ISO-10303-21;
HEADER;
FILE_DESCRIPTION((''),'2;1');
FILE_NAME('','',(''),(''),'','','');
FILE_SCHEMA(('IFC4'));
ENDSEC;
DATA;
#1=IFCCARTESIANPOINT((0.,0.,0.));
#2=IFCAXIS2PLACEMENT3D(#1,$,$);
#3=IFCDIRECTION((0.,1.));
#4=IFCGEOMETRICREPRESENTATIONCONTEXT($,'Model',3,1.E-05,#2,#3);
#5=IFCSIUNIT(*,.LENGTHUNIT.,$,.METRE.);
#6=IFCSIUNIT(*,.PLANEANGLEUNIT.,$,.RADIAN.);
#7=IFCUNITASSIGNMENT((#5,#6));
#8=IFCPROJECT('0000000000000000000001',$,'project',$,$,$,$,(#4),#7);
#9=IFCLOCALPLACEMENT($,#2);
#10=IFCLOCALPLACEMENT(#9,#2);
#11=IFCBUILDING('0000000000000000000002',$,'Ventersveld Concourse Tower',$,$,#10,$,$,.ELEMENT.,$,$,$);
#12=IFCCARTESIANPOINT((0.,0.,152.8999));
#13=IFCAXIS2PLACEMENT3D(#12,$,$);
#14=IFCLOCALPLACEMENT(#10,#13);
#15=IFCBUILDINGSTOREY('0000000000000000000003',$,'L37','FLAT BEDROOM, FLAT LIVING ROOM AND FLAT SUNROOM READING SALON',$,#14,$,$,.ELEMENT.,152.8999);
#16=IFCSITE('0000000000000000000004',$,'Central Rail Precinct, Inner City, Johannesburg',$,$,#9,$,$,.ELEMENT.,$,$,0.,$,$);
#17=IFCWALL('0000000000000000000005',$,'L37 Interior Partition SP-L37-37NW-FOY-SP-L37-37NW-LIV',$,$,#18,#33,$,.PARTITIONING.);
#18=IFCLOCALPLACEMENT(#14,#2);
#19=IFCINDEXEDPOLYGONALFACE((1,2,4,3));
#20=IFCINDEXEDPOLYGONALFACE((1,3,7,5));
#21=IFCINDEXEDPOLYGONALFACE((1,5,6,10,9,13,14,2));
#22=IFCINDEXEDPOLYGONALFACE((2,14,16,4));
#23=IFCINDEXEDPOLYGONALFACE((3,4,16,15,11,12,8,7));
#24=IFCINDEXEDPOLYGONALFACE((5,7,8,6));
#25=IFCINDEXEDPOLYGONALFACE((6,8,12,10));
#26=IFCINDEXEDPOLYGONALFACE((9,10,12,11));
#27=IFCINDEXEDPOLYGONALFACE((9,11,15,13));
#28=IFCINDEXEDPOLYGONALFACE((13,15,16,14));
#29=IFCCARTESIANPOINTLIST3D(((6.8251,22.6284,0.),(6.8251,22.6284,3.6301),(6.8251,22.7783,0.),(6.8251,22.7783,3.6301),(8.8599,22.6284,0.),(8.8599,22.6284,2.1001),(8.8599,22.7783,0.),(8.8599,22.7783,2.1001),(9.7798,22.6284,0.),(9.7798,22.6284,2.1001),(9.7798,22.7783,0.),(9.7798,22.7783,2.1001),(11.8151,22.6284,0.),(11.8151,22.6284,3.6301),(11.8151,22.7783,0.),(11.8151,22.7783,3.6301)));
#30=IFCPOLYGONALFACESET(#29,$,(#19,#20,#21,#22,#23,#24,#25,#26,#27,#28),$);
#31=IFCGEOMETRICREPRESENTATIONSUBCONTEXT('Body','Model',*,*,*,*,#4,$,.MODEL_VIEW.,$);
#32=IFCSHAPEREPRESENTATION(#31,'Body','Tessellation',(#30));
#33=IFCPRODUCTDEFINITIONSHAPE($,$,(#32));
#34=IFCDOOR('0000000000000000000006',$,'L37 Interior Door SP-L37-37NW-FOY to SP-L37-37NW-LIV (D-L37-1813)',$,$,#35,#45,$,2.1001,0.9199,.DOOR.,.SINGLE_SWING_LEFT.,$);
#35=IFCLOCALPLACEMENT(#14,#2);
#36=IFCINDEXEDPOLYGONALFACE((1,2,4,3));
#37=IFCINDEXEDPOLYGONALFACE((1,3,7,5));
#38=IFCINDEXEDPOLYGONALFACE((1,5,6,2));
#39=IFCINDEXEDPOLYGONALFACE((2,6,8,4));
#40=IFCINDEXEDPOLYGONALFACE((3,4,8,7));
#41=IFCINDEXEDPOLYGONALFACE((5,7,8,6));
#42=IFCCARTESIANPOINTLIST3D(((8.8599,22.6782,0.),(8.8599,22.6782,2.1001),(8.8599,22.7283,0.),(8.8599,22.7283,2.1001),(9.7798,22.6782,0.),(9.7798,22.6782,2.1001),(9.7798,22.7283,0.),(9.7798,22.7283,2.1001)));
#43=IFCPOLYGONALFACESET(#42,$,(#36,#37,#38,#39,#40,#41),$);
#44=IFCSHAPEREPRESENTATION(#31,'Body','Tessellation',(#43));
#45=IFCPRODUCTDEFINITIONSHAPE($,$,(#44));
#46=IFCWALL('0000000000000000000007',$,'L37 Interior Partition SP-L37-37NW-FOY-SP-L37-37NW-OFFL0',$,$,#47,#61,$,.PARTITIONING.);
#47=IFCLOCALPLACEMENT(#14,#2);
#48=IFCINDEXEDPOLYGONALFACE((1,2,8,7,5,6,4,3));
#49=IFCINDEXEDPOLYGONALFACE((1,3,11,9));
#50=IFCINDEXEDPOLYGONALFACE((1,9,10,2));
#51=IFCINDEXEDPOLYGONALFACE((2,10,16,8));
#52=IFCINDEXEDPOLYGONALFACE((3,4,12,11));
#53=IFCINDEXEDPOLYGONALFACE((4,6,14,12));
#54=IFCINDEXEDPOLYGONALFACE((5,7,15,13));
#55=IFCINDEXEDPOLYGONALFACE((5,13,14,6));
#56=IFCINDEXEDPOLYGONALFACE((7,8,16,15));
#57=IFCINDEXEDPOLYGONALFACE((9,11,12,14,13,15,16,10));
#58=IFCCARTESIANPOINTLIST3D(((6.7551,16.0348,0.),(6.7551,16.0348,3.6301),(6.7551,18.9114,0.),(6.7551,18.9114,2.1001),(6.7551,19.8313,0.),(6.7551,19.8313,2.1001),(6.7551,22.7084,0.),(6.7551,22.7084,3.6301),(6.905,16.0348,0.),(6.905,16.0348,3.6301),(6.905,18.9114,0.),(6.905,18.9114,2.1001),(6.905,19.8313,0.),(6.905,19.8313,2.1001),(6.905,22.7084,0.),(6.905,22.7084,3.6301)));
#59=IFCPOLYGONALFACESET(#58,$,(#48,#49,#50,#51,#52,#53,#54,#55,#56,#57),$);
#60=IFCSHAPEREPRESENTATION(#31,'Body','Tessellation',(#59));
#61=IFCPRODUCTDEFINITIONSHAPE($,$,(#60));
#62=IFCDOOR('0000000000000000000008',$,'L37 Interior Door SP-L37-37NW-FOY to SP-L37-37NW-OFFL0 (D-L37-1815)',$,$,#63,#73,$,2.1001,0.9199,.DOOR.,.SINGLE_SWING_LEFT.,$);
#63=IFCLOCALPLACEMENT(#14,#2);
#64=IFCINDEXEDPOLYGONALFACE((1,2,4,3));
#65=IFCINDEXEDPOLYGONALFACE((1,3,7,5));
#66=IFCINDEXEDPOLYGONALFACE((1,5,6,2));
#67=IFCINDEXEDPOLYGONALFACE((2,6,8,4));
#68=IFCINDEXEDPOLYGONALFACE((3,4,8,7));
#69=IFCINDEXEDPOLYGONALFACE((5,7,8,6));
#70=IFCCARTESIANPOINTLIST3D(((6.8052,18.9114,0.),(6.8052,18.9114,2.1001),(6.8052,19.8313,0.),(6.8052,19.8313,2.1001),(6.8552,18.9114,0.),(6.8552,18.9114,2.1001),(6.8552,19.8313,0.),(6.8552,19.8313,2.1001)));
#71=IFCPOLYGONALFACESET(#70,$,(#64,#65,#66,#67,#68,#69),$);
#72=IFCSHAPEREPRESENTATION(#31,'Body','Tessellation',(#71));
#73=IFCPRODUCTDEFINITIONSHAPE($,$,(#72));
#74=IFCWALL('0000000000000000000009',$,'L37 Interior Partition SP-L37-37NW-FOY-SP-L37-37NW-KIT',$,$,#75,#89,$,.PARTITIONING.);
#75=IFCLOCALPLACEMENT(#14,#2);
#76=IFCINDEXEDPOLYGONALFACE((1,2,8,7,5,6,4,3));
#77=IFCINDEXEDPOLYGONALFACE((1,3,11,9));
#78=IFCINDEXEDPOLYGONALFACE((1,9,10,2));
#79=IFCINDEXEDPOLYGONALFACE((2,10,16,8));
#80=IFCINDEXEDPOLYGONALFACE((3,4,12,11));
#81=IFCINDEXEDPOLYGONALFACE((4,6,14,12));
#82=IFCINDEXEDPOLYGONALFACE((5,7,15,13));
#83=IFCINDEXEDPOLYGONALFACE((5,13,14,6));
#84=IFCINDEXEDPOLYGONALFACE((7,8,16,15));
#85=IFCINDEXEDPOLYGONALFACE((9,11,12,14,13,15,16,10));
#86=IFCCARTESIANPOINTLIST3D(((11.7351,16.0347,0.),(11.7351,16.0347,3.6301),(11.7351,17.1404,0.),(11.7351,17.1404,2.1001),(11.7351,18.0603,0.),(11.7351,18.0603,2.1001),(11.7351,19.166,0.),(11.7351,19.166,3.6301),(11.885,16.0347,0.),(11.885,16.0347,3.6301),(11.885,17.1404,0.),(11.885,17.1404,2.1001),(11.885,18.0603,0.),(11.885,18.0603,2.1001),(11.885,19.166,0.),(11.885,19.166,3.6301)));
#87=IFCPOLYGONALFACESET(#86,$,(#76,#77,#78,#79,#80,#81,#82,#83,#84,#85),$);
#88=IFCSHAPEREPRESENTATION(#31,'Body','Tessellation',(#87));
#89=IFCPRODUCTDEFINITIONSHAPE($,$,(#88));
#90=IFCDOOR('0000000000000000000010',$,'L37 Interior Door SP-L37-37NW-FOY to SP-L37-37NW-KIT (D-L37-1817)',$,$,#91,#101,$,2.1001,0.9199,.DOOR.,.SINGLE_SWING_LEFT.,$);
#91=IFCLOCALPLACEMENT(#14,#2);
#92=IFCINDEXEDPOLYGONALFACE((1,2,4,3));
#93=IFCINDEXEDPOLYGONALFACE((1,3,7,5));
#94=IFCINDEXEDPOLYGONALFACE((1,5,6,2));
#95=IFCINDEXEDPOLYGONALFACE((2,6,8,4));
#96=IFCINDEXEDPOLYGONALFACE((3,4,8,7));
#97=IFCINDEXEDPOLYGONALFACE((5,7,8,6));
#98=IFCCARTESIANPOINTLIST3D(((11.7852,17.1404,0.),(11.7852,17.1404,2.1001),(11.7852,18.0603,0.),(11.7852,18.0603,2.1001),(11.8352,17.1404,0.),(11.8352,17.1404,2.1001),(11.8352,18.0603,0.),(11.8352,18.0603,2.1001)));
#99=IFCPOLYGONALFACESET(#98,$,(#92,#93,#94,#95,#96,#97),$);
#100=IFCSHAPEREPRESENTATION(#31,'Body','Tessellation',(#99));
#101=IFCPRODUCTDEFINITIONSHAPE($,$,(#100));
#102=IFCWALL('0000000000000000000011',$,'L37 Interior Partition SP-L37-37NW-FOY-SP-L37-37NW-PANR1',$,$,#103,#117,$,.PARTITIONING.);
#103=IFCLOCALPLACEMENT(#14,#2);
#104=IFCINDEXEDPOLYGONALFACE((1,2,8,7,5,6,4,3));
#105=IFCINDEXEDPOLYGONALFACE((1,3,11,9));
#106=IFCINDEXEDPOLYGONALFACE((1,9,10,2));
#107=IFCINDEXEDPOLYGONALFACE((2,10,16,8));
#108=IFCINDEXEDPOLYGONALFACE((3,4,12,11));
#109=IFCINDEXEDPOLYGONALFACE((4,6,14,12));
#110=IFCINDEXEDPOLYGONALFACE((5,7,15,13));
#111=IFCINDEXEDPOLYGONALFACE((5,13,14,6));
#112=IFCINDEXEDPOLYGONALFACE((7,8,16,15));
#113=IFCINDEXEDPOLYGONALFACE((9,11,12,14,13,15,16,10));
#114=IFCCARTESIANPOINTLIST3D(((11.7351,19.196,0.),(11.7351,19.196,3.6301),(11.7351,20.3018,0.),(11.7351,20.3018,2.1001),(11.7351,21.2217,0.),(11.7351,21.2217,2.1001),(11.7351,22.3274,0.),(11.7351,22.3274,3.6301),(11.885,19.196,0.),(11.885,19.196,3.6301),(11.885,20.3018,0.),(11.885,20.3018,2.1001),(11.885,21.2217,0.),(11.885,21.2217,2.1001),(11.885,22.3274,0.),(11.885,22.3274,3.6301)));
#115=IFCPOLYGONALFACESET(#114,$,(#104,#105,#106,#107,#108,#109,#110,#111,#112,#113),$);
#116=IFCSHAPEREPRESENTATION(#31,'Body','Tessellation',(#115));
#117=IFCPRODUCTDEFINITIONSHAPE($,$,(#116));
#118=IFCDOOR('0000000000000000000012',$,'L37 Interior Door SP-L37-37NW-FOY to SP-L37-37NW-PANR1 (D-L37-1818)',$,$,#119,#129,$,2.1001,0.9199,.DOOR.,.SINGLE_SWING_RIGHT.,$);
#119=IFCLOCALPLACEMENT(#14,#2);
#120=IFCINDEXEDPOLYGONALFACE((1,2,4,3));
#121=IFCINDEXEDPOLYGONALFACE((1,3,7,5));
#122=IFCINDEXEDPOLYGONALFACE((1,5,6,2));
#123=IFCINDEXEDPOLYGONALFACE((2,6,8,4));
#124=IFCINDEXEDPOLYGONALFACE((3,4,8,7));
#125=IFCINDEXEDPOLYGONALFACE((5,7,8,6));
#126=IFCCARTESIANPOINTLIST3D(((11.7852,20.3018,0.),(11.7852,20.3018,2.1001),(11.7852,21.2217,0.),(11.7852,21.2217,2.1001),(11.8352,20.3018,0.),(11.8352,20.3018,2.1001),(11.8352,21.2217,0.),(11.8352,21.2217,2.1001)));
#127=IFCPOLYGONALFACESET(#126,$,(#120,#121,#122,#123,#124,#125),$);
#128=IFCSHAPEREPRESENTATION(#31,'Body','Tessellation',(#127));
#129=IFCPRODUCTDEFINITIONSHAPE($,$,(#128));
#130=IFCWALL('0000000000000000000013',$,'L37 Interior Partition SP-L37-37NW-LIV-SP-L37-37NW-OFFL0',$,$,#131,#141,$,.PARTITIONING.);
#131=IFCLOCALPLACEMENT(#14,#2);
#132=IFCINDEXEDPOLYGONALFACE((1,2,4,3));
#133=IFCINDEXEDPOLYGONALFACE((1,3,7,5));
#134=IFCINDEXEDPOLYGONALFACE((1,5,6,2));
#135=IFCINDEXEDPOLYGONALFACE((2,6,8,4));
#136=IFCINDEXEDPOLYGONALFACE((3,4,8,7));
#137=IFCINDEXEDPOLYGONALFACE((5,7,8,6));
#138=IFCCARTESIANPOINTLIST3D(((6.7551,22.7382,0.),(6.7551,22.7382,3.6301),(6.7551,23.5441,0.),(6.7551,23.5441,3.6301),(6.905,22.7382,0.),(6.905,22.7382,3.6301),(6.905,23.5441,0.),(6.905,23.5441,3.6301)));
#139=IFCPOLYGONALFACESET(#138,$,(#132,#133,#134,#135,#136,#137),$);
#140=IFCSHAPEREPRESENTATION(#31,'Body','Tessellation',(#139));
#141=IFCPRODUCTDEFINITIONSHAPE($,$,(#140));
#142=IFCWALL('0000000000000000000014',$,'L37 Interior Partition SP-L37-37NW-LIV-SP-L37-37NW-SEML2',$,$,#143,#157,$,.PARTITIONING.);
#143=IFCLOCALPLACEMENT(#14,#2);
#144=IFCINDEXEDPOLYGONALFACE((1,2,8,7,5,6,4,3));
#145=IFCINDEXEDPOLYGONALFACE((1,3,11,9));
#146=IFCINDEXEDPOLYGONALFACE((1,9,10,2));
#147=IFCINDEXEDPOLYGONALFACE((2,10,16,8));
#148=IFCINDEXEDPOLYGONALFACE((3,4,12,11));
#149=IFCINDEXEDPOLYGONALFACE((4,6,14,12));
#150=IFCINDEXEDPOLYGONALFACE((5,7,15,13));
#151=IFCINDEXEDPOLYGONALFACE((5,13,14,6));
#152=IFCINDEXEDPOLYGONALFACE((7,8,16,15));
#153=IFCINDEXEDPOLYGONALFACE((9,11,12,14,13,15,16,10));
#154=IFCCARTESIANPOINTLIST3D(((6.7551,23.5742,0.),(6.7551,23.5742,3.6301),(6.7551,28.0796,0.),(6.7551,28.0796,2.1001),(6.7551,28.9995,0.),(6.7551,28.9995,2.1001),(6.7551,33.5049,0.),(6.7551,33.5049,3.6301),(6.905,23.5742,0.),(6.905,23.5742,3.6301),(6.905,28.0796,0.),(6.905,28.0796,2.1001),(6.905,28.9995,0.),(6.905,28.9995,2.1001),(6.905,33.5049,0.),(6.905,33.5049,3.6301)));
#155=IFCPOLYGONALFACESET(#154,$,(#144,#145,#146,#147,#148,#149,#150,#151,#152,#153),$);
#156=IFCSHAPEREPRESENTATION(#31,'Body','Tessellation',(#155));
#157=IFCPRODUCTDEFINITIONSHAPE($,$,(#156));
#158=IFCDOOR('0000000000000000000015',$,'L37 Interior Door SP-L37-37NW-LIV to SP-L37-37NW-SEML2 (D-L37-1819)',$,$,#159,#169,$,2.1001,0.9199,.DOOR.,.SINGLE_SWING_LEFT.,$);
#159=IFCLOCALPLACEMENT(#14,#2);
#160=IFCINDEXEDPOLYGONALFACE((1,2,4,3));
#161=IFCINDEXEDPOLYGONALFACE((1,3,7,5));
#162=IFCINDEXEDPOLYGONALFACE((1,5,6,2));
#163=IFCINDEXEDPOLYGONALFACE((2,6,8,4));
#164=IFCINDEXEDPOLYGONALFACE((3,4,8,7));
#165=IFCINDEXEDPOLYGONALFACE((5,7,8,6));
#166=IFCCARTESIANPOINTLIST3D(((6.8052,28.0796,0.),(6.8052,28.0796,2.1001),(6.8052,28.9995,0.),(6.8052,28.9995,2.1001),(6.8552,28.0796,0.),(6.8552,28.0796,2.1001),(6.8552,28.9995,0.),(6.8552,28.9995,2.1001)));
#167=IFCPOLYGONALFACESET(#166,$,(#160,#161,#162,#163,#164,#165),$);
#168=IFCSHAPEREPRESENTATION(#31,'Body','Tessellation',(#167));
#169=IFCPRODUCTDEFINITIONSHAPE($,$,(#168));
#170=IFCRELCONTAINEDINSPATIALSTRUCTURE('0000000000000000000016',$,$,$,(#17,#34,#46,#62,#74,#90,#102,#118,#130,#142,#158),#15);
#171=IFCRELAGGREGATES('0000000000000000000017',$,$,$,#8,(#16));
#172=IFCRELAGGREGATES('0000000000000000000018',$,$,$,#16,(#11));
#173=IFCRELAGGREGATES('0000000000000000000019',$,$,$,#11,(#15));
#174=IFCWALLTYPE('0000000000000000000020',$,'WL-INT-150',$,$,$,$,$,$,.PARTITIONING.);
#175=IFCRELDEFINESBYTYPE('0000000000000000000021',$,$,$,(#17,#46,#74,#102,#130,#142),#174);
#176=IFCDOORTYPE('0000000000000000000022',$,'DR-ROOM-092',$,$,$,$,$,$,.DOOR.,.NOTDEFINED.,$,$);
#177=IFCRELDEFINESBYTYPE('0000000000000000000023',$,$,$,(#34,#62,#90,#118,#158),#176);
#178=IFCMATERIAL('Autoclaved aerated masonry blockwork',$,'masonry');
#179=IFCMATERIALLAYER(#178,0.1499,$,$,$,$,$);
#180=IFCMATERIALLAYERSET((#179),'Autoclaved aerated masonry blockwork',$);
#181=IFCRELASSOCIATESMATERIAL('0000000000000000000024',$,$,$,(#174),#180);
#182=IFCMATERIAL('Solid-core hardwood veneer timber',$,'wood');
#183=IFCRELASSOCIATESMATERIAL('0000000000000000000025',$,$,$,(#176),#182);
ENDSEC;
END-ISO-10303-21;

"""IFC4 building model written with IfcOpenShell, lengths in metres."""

from ifc_helpers import new_model, si_unit, direction, frame, frame_2d, origin, place, context, subcontext, project, spatial, rectangle, extrude, material, layer, layer_set, type_object, element, fill, save


model = new_model("IFC4")

# Units and contexts
model_context = context("Model", 3, precision=1e-05, world=origin(), true_north=direction((0.0, 1.0)))
body_context = subcontext(model_context, "Body", "Model", "MODEL_VIEW")
ifc_project = project(units=[si_unit("LENGTHUNIT", "METRE"), si_unit("PLANEANGLEUNIT", "RADIAN")], contexts=[model_context])

# Site, building, storey
site_placement = place(None, origin())
site = spatial("IfcSite", under=ifc_project, at=site_placement, Name="Central Rail Precinct, Inner City, Johannesburg", CompositionType="ELEMENT", RefElevation=0.0)
building_placement = place(site_placement, origin())
building = spatial("IfcBuilding", under=site, at=building_placement, Name="Ventersveld Concourse Tower", CompositionType="ELEMENT")
storey_placement = place(building_placement, frame((0.0, 0.0, 152.8999)))
storey = spatial("IfcBuildingStorey", under=building, at=storey_placement, Name="L37", Description="FLAT BEDROOM, FLAT LIVING ROOM AND FLAT SUNROOM READING SALON", CompositionType="ELEMENT", Elevation=152.8999)

# Shared definitions
ifc_material_1 = material(Name="Solid-core hardwood veneer timber", Category="wood")

# Walls, openings, doors
ifc_material_2 = material(Name="Autoclaved aerated masonry blockwork", Category="masonry")
ifc_layer_1 = layer(ifc_material_2, 0.1499)
ifc_layer_set_1 = layer_set([ifc_layer_1], Name="Autoclaved aerated masonry blockwork")
wall_type_1 = type_object("IfcWallType", Name="WL-INT-150", PredefinedType="PARTITIONING", material=ifc_layer_set_1)
wall_1_placement = place(storey_placement, frame((6.825, 22.7034, 0.0), z_axis=(0.0, 0.0, 1.0), x_axis=(1.0, 0.0, 0.0)))
wall_1 = element("IfcWall", 1, at=wall_1_placement, inside=storey, type_object=wall_type_1, Name="L37 Interior Partition SP-L37-37NW-FOY-SP-L37-37NW-LIV", PredefinedType="PARTITIONING", context=body_context, shape_type="SweptSolid", body=[
    extrude(rectangle(XDim=4.99, YDim=0.1499, at=frame_2d((2.4951, 0.0))), origin(), (0.0, 0.0, 1.0), 3.6301),
])
opening_1_placement = place(wall_1_placement, frame((2.0349, 0.0, 0.0)))
opening_1 = element("IfcOpeningElement", 2, at=opening_1_placement, cuts=wall_1, PredefinedType="OPENING", context=body_context, shape_type="SweptSolid", body=[
    extrude(rectangle(XDim=0.9199, YDim=2.1001, at=frame_2d((0.46, 1.05))), frame((0.0, 0.085, 0.0), z_axis=(0.0, -1.0, 0.0), x_axis=(1.0, 0.0, 0.0)), (0.0, 0.0, 1.0), 0.1699),
])
door_type_1 = type_object("IfcDoorType", Name="DR-ROOM-092", OperationType="NOTDEFINED", PredefinedType="DOOR", material=ifc_material_1)
door_1_placement = place(opening_1_placement, origin())
door_1 = element("IfcDoor", 3, at=door_1_placement, inside=storey, type_object=door_type_1, Name="L37 Interior Door SP-L37-37NW-FOY to SP-L37-37NW-LIV (D-L37-1813)", OperationType="SINGLE_SWING_LEFT", OverallHeight=2.1001, OverallWidth=0.9199, PredefinedType="DOOR", context=body_context, shape_type="SweptSolid", body=[
    extrude(rectangle(XDim=0.9199, YDim=2.1001, at=frame_2d((0.46, 1.05))), frame((0.0, 0.0249, 0.0), z_axis=(0.0, -1.0, 0.0), x_axis=(1.0, 0.0, 0.0)), (0.0, 0.0, 1.0), 0.05),
])
fill(opening_1, door_1)
wall_2_placement = place(storey_placement, frame((6.8301, 16.0347, 0.0), z_axis=(0.0, 0.0, 1.0), x_axis=(0.0, 1.0, 0.0)))
wall_2 = element("IfcWall", 4, at=wall_2_placement, inside=storey, type_object=wall_type_1, Name="L37 Interior Partition SP-L37-37NW-FOY-SP-L37-37NW-OFFL0", PredefinedType="PARTITIONING", context=body_context, shape_type="SweptSolid", body=[
    extrude(rectangle(XDim=6.6736, YDim=0.1499, at=frame_2d((3.3369, 0.0))), origin(), (0.0, 0.0, 1.0), 3.6301),
])
opening_2_placement = place(wall_2_placement, frame((2.8767, 0.0, 0.0)))
opening_2 = element("IfcOpeningElement", 5, at=opening_2_placement, cuts=wall_2, PredefinedType="OPENING", context=body_context, shape_type="SweptSolid", body=[
    extrude(rectangle(XDim=0.9199, YDim=2.1001, at=frame_2d((0.46, 1.05))), frame((0.0, 0.085, 0.0), z_axis=(0.0, -1.0, 0.0), x_axis=(1.0, 0.0, 0.0)), (0.0, 0.0, 1.0), 0.1699),
])
door_2_placement = place(opening_2_placement, origin())
door_2 = element("IfcDoor", 6, at=door_2_placement, inside=storey, type_object=door_type_1, Name="L37 Interior Door SP-L37-37NW-FOY to SP-L37-37NW-OFFL0 (D-L37-1815)", OperationType="SINGLE_SWING_LEFT", OverallHeight=2.1001, OverallWidth=0.9199, PredefinedType="DOOR", context=body_context, shape_type="SweptSolid", body=[
    extrude(rectangle(XDim=0.9199, YDim=2.1001, at=frame_2d((0.46, 1.05))), frame((0.0, 0.0249, 0.0), z_axis=(0.0, -1.0, 0.0), x_axis=(1.0, 0.0, 0.0)), (0.0, 0.0, 1.0), 0.05),
])
fill(opening_2, door_2)
wall_3_placement = place(storey_placement, frame((11.8101, 16.0347, 0.0), z_axis=(0.0, 0.0, 1.0), x_axis=(0.0, 1.0, 0.0)))
wall_3 = element("IfcWall", 7, at=wall_3_placement, inside=storey, type_object=wall_type_1, Name="L37 Interior Partition SP-L37-37NW-FOY-SP-L37-37NW-KIT", PredefinedType="PARTITIONING", context=body_context, shape_type="SweptSolid", body=[
    extrude(rectangle(XDim=3.1313, YDim=0.1499, at=frame_2d((1.5657, 0.0))), origin(), (0.0, 0.0, 1.0), 3.6301),
])
opening_3_placement = place(wall_3_placement, frame((1.1057, 0.0, 0.0)))
opening_3 = element("IfcOpeningElement", 8, at=opening_3_placement, cuts=wall_3, PredefinedType="OPENING", context=body_context, shape_type="SweptSolid", body=[
    extrude(rectangle(XDim=0.9199, YDim=2.1001, at=frame_2d((0.46, 1.05))), frame((0.0, 0.085, 0.0), z_axis=(0.0, -1.0, 0.0), x_axis=(1.0, 0.0, 0.0)), (0.0, 0.0, 1.0), 0.1699),
])
door_3_placement = place(opening_3_placement, origin())
door_3 = element("IfcDoor", 9, at=door_3_placement, inside=storey, type_object=door_type_1, Name="L37 Interior Door SP-L37-37NW-FOY to SP-L37-37NW-KIT (D-L37-1817)", OperationType="SINGLE_SWING_LEFT", OverallHeight=2.1001, OverallWidth=0.9199, PredefinedType="DOOR", context=body_context, shape_type="SweptSolid", body=[
    extrude(rectangle(XDim=0.9199, YDim=2.1001, at=frame_2d((0.46, 1.05))), frame((0.0, 0.0249, 0.0), z_axis=(0.0, -1.0, 0.0), x_axis=(1.0, 0.0, 0.0)), (0.0, 0.0, 1.0), 0.05),
])
fill(opening_3, door_3)
wall_4_placement = place(storey_placement, frame((11.8101, 19.196, 0.0), z_axis=(0.0, 0.0, 1.0), x_axis=(0.0, 1.0, 0.0)))
wall_4 = element("IfcWall", 10, at=wall_4_placement, inside=storey, type_object=wall_type_1, Name="L37 Interior Partition SP-L37-37NW-FOY-SP-L37-37NW-PANR1", PredefinedType="PARTITIONING", context=body_context, shape_type="SweptSolid", body=[
    extrude(rectangle(XDim=3.1313, YDim=0.1499, at=frame_2d((1.5657, 0.0))), origin(), (0.0, 0.0, 1.0), 3.6301),
])
opening_4_placement = place(wall_4_placement, frame((1.1057, 0.0, 0.0)))
opening_4 = element("IfcOpeningElement", 11, at=opening_4_placement, cuts=wall_4, PredefinedType="OPENING", context=body_context, shape_type="SweptSolid", body=[
    extrude(rectangle(XDim=0.9199, YDim=2.1001, at=frame_2d((0.46, 1.05))), frame((0.0, 0.085, 0.0), z_axis=(0.0, -1.0, 0.0), x_axis=(1.0, 0.0, 0.0)), (0.0, 0.0, 1.0), 0.1699),
])
door_4_placement = place(opening_4_placement, origin())
door_4 = element("IfcDoor", 12, at=door_4_placement, inside=storey, type_object=door_type_1, Name="L37 Interior Door SP-L37-37NW-FOY to SP-L37-37NW-PANR1 (D-L37-1818)", OperationType="SINGLE_SWING_RIGHT", OverallHeight=2.1001, OverallWidth=0.9199, PredefinedType="DOOR", context=body_context, shape_type="SweptSolid", body=[
    extrude(rectangle(XDim=0.9199, YDim=2.1001, at=frame_2d((0.46, 1.05))), frame((0.0, 0.0249, 0.0), z_axis=(0.0, -1.0, 0.0), x_axis=(1.0, 0.0, 0.0)), (0.0, 0.0, 1.0), 0.05),
])
fill(opening_4, door_4)

# Wall
wall_5_placement = place(storey_placement, frame((6.8301, 22.7383, 0.0), z_axis=(0.0, 0.0, 1.0), x_axis=(0.0, 1.0, 0.0)))
element("IfcWall", 13, at=wall_5_placement, inside=storey, type_object=wall_type_1, Name="L37 Interior Partition SP-L37-37NW-LIV-SP-L37-37NW-OFFL0", PredefinedType="PARTITIONING", context=body_context, shape_type="SweptSolid", body=[
    extrude(rectangle(XDim=0.8059, YDim=0.1499, at=frame_2d((0.4028, 0.0))), origin(), (0.0, 0.0, 1.0), 3.6301),
])

# Wall, opening, door
wall_6_placement = place(storey_placement, frame((6.8301, 23.5742, 0.0), z_axis=(0.0, 0.0, 1.0), x_axis=(0.0, 1.0, 0.0)))
wall_6 = element("IfcWall", 14, at=wall_6_placement, inside=storey, type_object=wall_type_1, Name="L37 Interior Partition SP-L37-37NW-LIV-SP-L37-37NW-SEML2", PredefinedType="PARTITIONING", context=body_context, shape_type="SweptSolid", body=[
    extrude(rectangle(XDim=9.9307, YDim=0.1499, at=frame_2d((4.9653, 0.0))), origin(), (0.0, 0.0, 1.0), 3.6301),
])
opening_5_placement = place(wall_6_placement, frame((4.5054, 0.0, 0.0)))
opening_5 = element("IfcOpeningElement", 15, at=opening_5_placement, cuts=wall_6, PredefinedType="OPENING", context=body_context, shape_type="SweptSolid", body=[
    extrude(rectangle(XDim=0.9199, YDim=2.1001, at=frame_2d((0.46, 1.05))), frame((0.0, 0.085, 0.0), z_axis=(0.0, -1.0, 0.0), x_axis=(1.0, 0.0, 0.0)), (0.0, 0.0, 1.0), 0.1699),
])
door_5_placement = place(opening_5_placement, origin())
door_5 = element("IfcDoor", 16, at=door_5_placement, inside=storey, type_object=door_type_1, Name="L37 Interior Door SP-L37-37NW-LIV to SP-L37-37NW-SEML2 (D-L37-1819)", OperationType="SINGLE_SWING_LEFT", OverallHeight=2.1001, OverallWidth=0.9199, PredefinedType="DOOR", context=body_context, shape_type="SweptSolid", body=[
    extrude(rectangle(XDim=0.9199, YDim=2.1001, at=frame_2d((0.46, 1.05))), frame((0.0, 0.0249, 0.0), z_axis=(0.0, -1.0, 0.0), x_axis=(1.0, 0.0, 0.0)), (0.0, 0.0, 1.0), 0.05),
])
fill(opening_5, door_5)

save(model, "model.ifc")
